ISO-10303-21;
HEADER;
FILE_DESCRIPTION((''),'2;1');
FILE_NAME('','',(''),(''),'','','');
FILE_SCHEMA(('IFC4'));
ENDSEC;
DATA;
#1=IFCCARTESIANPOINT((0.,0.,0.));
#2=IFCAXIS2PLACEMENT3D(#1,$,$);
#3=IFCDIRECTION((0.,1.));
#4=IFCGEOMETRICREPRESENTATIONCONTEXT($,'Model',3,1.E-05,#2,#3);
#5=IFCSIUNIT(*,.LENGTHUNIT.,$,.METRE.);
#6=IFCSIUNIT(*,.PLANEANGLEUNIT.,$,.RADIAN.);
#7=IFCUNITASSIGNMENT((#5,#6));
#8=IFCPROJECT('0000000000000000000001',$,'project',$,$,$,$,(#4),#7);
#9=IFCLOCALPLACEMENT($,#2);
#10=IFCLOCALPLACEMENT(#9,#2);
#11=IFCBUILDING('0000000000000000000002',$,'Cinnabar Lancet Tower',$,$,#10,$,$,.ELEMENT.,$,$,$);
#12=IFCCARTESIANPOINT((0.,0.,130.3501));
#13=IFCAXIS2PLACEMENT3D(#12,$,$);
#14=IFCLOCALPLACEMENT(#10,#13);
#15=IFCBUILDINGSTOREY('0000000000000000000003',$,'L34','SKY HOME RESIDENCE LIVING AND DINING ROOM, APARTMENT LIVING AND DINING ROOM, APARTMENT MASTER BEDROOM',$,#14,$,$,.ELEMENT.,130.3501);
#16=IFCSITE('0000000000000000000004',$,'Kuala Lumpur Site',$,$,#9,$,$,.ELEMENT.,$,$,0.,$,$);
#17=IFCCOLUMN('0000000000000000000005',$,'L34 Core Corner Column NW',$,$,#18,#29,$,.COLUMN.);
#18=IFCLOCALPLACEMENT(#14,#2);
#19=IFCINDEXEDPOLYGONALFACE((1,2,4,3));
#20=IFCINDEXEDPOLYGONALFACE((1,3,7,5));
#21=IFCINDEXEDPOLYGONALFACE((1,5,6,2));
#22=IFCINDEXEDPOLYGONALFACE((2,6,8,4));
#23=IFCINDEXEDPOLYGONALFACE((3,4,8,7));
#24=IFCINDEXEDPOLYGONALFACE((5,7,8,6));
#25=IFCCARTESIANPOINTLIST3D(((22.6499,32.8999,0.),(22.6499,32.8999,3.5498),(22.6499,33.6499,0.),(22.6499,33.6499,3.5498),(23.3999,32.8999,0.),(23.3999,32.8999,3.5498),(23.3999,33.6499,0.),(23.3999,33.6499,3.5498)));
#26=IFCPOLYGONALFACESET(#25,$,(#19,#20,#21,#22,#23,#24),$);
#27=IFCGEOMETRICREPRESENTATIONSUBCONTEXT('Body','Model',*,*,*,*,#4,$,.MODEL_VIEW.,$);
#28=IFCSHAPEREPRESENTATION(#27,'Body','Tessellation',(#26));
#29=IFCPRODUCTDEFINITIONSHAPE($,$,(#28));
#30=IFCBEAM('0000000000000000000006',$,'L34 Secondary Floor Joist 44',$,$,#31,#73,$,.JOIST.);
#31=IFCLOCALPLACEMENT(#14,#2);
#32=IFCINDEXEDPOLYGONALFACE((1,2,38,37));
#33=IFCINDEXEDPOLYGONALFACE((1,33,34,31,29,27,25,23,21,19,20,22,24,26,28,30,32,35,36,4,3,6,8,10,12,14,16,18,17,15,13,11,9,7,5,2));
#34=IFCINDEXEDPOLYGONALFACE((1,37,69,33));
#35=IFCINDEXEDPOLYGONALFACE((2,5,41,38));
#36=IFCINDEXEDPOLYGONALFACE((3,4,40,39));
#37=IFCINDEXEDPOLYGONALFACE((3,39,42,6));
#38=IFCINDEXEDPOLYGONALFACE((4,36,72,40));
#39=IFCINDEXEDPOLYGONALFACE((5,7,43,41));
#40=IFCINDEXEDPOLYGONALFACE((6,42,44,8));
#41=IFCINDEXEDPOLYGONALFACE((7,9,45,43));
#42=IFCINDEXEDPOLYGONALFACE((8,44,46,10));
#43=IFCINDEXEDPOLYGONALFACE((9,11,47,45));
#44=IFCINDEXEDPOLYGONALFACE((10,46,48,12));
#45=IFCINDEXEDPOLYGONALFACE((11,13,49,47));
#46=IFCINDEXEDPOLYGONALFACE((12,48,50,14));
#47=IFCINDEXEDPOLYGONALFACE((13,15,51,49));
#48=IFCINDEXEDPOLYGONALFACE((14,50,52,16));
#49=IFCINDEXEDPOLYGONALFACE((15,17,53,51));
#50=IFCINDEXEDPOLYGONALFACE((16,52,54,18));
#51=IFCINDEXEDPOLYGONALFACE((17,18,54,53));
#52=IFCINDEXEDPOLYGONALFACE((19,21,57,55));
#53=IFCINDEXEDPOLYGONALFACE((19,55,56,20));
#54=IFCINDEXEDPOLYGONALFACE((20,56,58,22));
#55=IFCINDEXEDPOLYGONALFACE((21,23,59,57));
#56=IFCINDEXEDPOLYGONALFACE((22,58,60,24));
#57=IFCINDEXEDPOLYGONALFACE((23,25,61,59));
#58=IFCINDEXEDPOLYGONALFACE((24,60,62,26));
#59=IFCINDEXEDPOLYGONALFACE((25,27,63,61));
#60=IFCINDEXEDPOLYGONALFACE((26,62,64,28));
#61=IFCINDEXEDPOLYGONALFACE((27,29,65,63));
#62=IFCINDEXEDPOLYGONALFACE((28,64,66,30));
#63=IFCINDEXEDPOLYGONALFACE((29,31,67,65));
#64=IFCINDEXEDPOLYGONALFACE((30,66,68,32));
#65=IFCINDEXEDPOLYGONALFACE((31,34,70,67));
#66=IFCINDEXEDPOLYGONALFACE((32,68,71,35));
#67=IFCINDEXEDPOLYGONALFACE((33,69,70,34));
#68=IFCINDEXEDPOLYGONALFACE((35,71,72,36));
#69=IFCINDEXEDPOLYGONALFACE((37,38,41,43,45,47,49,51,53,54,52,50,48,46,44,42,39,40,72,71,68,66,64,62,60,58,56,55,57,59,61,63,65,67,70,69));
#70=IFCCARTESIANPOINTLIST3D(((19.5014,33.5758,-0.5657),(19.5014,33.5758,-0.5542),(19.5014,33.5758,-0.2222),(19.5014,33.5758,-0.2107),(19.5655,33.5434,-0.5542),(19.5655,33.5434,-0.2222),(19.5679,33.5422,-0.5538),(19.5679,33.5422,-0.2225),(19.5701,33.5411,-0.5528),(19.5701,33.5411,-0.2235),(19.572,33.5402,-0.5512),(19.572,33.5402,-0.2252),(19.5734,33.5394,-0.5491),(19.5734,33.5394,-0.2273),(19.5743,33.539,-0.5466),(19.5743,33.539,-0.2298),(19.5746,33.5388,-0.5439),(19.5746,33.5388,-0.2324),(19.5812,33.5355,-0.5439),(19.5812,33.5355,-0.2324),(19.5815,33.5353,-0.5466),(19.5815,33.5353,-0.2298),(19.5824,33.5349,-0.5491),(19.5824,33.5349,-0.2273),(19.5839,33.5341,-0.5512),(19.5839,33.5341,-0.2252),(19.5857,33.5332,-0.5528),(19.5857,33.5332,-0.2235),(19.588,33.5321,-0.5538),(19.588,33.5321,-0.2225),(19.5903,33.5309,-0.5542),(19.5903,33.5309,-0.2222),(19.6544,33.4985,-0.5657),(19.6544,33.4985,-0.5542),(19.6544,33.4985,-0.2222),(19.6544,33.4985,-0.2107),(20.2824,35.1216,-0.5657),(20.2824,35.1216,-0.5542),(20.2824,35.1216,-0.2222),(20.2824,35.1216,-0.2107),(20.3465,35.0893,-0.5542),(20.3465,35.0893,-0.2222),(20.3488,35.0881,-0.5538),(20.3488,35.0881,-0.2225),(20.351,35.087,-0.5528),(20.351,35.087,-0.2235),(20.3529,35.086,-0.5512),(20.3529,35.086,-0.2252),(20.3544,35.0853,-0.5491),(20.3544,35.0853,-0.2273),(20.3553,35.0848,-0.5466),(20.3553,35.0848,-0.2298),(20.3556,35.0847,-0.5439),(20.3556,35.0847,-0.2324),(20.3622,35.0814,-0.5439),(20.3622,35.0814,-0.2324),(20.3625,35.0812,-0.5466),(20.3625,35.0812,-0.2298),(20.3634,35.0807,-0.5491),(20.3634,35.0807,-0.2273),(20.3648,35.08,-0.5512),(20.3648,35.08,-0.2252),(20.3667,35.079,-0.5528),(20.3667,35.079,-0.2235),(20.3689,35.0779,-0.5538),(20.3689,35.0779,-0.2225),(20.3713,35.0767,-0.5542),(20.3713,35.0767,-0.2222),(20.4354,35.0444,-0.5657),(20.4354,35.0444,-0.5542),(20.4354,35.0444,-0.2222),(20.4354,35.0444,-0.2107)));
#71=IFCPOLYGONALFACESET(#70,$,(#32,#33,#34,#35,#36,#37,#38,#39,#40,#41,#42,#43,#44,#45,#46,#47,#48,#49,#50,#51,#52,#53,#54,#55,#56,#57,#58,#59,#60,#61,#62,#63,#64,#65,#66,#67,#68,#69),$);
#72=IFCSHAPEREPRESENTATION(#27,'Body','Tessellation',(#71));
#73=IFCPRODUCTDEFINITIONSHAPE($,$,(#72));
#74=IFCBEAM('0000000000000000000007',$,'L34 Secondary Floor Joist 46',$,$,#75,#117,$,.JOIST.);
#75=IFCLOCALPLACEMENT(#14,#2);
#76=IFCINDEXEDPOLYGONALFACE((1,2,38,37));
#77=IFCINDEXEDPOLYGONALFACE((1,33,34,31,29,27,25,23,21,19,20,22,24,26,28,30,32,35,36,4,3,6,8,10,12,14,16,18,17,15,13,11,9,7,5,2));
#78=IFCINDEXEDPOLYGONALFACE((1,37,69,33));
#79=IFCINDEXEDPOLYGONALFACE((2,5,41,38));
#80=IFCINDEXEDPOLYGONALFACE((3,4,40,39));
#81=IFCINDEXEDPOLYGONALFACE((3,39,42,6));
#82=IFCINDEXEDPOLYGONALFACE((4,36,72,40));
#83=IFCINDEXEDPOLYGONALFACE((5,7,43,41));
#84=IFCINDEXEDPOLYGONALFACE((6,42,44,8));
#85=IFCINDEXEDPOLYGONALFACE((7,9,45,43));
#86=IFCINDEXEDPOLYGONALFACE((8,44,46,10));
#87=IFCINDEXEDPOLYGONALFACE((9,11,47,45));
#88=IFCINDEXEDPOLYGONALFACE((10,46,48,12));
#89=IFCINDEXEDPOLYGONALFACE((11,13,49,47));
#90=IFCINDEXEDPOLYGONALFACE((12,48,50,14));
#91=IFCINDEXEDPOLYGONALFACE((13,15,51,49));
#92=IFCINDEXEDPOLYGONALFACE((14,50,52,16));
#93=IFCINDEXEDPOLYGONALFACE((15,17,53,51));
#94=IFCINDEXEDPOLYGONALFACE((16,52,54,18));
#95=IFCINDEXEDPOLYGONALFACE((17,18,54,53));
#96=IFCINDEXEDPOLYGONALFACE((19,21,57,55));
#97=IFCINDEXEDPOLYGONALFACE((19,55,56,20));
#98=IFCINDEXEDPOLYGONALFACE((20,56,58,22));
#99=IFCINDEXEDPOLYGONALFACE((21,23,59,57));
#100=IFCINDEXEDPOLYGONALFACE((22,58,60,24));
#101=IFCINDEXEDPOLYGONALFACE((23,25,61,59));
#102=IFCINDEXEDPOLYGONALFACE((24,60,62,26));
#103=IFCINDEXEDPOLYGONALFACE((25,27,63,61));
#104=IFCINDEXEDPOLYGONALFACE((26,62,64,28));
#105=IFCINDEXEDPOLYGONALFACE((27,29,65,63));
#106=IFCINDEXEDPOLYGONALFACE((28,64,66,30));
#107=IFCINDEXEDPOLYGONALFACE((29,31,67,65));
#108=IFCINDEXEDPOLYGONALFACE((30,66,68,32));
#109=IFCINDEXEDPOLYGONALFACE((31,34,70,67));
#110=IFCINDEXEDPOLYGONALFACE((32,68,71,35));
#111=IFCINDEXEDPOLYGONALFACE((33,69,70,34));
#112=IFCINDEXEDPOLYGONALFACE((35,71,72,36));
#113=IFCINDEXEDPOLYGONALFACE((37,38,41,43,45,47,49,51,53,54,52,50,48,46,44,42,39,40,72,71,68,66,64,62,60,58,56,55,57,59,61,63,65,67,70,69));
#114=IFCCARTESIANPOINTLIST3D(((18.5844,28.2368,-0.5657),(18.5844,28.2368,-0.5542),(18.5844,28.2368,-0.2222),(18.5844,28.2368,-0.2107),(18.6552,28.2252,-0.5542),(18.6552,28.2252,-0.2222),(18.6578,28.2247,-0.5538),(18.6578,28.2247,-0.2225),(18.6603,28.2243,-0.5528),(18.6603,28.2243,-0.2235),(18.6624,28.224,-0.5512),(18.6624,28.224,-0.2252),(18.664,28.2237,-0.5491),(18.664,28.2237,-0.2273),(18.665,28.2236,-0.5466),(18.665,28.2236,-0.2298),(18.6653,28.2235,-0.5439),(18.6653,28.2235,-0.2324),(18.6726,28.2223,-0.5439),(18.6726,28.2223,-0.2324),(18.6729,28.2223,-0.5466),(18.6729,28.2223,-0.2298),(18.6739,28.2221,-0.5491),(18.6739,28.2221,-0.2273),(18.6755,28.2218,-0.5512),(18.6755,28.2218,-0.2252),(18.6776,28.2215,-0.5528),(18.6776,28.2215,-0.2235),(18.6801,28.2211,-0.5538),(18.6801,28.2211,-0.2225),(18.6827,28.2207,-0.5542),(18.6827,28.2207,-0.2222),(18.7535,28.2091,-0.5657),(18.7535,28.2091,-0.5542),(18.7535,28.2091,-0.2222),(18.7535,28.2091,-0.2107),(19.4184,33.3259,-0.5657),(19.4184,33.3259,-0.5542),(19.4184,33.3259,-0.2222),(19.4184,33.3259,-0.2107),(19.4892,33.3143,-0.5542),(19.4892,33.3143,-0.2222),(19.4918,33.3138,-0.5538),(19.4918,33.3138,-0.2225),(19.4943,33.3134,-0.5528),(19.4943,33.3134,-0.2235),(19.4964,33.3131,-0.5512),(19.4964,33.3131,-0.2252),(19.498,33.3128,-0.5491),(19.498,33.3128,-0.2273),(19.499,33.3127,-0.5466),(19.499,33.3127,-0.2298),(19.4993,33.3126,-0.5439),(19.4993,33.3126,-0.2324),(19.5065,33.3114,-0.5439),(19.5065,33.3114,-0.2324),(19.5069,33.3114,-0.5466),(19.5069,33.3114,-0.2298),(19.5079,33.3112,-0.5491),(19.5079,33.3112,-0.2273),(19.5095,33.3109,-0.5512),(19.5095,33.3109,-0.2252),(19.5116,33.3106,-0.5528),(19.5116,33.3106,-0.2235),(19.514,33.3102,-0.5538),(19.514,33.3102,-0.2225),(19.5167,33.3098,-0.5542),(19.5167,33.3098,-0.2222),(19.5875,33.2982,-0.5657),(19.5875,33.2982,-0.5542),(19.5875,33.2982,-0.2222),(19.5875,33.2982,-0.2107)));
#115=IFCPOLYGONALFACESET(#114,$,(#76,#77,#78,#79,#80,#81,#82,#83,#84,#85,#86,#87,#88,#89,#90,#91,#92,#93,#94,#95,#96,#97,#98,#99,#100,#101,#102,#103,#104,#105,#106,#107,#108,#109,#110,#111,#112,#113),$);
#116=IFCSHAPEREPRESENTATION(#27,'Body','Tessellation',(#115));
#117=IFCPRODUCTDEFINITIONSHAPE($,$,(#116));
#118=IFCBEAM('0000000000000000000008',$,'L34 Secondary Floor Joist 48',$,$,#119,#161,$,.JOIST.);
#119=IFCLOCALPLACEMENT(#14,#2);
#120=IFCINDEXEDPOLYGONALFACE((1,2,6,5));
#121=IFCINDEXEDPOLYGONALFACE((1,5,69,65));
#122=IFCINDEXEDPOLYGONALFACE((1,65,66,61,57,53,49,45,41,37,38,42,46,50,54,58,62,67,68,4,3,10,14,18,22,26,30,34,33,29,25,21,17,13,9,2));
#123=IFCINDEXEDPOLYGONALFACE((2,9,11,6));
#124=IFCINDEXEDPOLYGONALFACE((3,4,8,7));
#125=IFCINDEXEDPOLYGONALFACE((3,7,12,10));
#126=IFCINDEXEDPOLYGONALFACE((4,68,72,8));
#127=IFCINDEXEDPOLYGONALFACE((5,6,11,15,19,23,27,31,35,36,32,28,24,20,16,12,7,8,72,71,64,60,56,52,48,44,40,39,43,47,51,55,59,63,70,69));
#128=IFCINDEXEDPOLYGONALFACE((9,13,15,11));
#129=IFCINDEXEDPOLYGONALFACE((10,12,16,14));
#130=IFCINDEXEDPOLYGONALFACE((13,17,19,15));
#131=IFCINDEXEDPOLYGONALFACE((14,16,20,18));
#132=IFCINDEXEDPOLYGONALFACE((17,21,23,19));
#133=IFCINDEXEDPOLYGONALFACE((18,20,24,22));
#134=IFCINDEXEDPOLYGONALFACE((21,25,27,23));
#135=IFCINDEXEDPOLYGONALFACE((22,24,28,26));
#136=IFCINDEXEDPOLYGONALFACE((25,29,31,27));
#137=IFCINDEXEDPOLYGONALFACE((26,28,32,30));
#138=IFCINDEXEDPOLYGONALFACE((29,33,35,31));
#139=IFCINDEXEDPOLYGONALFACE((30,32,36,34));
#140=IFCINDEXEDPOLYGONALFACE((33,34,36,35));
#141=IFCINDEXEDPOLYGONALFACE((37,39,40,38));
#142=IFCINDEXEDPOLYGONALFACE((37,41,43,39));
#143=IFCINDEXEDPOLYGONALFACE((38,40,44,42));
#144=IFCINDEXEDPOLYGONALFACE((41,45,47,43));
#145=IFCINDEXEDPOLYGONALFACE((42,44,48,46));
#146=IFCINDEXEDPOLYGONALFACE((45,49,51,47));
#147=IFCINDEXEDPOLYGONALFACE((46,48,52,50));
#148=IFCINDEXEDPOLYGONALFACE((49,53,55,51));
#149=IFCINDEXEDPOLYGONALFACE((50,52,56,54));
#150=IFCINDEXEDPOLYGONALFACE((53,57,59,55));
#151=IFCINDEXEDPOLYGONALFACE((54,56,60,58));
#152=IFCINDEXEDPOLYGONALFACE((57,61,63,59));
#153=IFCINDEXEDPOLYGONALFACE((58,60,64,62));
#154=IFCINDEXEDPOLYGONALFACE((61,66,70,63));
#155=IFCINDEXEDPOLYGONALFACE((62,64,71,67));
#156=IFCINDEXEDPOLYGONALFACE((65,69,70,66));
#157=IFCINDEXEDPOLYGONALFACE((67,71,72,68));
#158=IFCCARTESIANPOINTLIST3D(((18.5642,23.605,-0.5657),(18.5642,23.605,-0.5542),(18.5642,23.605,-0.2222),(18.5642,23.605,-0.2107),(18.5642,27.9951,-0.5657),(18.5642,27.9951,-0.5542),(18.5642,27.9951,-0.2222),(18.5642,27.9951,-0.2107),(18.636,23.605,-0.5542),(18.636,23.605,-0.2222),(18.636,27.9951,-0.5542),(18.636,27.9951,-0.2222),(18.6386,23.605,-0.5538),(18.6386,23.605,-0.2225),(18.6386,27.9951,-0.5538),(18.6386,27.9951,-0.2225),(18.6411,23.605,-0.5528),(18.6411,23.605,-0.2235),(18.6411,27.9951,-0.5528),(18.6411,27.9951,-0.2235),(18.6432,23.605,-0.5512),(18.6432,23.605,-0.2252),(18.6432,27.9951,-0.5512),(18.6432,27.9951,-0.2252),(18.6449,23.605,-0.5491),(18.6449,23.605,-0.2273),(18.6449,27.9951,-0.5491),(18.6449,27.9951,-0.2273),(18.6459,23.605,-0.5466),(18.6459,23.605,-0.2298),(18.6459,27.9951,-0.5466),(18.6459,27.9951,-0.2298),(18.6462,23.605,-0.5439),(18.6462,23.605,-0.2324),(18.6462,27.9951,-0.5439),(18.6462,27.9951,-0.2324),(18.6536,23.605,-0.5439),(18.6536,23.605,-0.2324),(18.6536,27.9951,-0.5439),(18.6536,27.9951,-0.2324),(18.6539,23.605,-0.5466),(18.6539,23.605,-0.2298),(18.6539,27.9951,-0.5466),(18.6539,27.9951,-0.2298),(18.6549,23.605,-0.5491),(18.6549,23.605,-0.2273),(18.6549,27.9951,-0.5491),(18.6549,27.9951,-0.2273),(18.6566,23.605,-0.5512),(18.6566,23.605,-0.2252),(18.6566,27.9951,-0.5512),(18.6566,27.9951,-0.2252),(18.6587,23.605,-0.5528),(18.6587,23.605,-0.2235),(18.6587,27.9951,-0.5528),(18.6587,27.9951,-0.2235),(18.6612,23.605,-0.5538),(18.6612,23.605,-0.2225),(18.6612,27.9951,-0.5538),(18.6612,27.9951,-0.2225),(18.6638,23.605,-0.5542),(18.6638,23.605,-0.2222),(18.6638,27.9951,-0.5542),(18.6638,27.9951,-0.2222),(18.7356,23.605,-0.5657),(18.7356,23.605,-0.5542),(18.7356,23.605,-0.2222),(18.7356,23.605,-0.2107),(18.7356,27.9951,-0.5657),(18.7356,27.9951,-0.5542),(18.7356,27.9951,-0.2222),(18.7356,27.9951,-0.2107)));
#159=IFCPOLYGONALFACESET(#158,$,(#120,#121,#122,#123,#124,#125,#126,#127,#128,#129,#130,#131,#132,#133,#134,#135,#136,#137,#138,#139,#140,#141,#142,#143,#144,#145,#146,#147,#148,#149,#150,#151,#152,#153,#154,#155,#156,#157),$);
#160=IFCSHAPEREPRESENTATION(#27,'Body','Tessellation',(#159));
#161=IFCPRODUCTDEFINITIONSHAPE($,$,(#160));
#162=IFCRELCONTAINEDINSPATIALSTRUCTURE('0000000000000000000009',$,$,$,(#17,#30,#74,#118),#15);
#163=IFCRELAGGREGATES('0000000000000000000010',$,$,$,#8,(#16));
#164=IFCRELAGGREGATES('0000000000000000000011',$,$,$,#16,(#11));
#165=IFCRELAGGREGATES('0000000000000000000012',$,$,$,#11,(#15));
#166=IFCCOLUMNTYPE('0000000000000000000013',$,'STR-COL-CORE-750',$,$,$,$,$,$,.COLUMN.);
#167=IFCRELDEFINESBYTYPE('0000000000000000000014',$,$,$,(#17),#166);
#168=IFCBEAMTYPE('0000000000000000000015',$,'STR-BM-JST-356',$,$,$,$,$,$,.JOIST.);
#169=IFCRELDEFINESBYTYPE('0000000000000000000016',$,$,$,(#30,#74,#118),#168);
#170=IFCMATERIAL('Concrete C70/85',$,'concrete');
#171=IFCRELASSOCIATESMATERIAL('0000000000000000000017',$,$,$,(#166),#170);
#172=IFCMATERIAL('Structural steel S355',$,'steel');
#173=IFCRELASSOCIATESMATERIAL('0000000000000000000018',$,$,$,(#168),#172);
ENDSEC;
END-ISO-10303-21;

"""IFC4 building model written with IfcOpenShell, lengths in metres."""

from ifc_helpers import new_model, si_unit, direction, frame, origin, origin_2d, place, context, subcontext, project, spatial, rectangle, i_section, extrude, material, material_profile, profile_set, type_object, element, save


model = new_model("IFC4")

# Units and contexts
model_context = context("Model", 3, precision=1e-05, world=origin(), true_north=direction((0.0, 1.0)))
body_context = subcontext(model_context, "Body", "Model", "MODEL_VIEW")
ifc_project = project(units=[si_unit("LENGTHUNIT", "METRE"), si_unit("PLANEANGLEUNIT", "RADIAN")], contexts=[model_context])

# Site, building, storey
site_placement = place(None, origin())
site = spatial("IfcSite", under=ifc_project, at=site_placement, Name="Kuala Lumpur Site", CompositionType="ELEMENT", RefElevation=0.0)
building_placement = place(site_placement, origin())
building = spatial("IfcBuilding", under=site, at=building_placement, Name="Cinnabar Lancet Tower", CompositionType="ELEMENT")
storey_placement = place(building_placement, frame((0.0, 0.0, 130.3501)))
storey = spatial("IfcBuildingStorey", under=building, at=storey_placement, Name="L34", Description="SKY HOME RESIDENCE LIVING AND DINING ROOM, APARTMENT LIVING AND DINING ROOM, APARTMENT MASTER BEDROOM", CompositionType="ELEMENT", Elevation=130.3501)

# Column
ifc_material_1 = material(Name="Concrete C70/85", Category="concrete")
ifc_material_profile_1 = material_profile(ifc_material_1, rectangle(XDim=0.75, YDim=0.75, at=origin_2d()), Name="RC-COL 750x750")
ifc_profile_set_1 = profile_set([ifc_material_profile_1], Name="Concrete C70/85")
column_type = type_object("IfcColumnType", Name="STR-COL-CORE-750", PredefinedType="COLUMN", material=ifc_profile_set_1)
column_placement = place(storey_placement, frame((23.0249, 33.2749, 0.0), z_axis=(0.0, 0.0, 1.0), x_axis=(1.0, 0.0, 0.0)))
element("IfcColumn", 1, at=column_placement, inside=storey, type_object=column_type, Name="L34 Core Corner Column NW", PredefinedType="COLUMN", context=body_context, shape_type="SweptSolid", body=[
    extrude(rectangle(XDim=0.75, YDim=0.75, at=origin_2d()), origin(), (0.0, 0.0, 1.0), 3.5498),
])

# Beams
ifc_material_2 = material(Name="Structural steel S355", Category="steel")
ifc_material_profile_2 = material_profile(ifc_material_2, i_section(OverallWidth=0.1714, OverallDepth=0.355, WebThickness=0.0073, FlangeThickness=0.0115, FilletRadius=0.0103, at=origin_2d()), Name="UKB 356x171x51")
ifc_profile_set_2 = profile_set([ifc_material_profile_2], Name="Structural steel S355")
beam_type_1 = type_object("IfcBeamType", Name="STR-BM-JST-356", PredefinedType="JOIST", material=ifc_profile_set_2)
beam_1_placement = place(storey_placement, frame((20.3589, 35.083, -0.3882), z_axis=(-0.450931, -0.892559, 0.0), x_axis=(0.892559, -0.450931, 0.0)))
element("IfcBeam", 2, at=beam_1_placement, inside=storey, type_object=beam_type_1, Name="L34 Secondary Floor Joist 44", PredefinedType="JOIST", context=body_context, shape_type="SweptSolid", body=[
    extrude(i_section(OverallWidth=0.1714, OverallDepth=0.355, WebThickness=0.0073, FlangeThickness=0.0115, FilletRadius=0.0103, at=origin_2d()), origin(), (0.0, 0.0, 1.0), 1.7319),
])
beam_2_placement = place(storey_placement, frame((19.5029, 33.312, -0.3882), z_axis=(-0.161719, -0.986837, 0.0), x_axis=(0.986837, -0.161719, 0.0)))
element("IfcBeam", 3, at=beam_2_placement, inside=storey, type_object=beam_type_1, Name="L34 Secondary Floor Joist 46", PredefinedType="JOIST", context=body_context, shape_type="SweptSolid", body=[
    extrude(i_section(OverallWidth=0.1714, OverallDepth=0.355, WebThickness=0.0073, FlangeThickness=0.0115, FilletRadius=0.0103, at=origin_2d()), origin(), (0.0, 0.0, 1.0), 5.157),
])
beam_3_placement = place(storey_placement, frame((18.6499, 27.9951, -0.3882), z_axis=(0.0, -1.0, 0.0), x_axis=(1.0, 0.0, 0.0)))
element("IfcBeam", 4, at=beam_3_placement, inside=storey, type_object=beam_type_1, Name="L34 Secondary Floor Joist 48", PredefinedType="JOIST", context=body_context, shape_type="SweptSolid", body=[
    extrude(i_section(OverallWidth=0.1714, OverallDepth=0.355, WebThickness=0.0073, FlangeThickness=0.0115, FilletRadius=0.0103, at=origin_2d()), origin(), (0.0, 0.0, 1.0), 4.3901),
])

save(model, "model.ifc")
